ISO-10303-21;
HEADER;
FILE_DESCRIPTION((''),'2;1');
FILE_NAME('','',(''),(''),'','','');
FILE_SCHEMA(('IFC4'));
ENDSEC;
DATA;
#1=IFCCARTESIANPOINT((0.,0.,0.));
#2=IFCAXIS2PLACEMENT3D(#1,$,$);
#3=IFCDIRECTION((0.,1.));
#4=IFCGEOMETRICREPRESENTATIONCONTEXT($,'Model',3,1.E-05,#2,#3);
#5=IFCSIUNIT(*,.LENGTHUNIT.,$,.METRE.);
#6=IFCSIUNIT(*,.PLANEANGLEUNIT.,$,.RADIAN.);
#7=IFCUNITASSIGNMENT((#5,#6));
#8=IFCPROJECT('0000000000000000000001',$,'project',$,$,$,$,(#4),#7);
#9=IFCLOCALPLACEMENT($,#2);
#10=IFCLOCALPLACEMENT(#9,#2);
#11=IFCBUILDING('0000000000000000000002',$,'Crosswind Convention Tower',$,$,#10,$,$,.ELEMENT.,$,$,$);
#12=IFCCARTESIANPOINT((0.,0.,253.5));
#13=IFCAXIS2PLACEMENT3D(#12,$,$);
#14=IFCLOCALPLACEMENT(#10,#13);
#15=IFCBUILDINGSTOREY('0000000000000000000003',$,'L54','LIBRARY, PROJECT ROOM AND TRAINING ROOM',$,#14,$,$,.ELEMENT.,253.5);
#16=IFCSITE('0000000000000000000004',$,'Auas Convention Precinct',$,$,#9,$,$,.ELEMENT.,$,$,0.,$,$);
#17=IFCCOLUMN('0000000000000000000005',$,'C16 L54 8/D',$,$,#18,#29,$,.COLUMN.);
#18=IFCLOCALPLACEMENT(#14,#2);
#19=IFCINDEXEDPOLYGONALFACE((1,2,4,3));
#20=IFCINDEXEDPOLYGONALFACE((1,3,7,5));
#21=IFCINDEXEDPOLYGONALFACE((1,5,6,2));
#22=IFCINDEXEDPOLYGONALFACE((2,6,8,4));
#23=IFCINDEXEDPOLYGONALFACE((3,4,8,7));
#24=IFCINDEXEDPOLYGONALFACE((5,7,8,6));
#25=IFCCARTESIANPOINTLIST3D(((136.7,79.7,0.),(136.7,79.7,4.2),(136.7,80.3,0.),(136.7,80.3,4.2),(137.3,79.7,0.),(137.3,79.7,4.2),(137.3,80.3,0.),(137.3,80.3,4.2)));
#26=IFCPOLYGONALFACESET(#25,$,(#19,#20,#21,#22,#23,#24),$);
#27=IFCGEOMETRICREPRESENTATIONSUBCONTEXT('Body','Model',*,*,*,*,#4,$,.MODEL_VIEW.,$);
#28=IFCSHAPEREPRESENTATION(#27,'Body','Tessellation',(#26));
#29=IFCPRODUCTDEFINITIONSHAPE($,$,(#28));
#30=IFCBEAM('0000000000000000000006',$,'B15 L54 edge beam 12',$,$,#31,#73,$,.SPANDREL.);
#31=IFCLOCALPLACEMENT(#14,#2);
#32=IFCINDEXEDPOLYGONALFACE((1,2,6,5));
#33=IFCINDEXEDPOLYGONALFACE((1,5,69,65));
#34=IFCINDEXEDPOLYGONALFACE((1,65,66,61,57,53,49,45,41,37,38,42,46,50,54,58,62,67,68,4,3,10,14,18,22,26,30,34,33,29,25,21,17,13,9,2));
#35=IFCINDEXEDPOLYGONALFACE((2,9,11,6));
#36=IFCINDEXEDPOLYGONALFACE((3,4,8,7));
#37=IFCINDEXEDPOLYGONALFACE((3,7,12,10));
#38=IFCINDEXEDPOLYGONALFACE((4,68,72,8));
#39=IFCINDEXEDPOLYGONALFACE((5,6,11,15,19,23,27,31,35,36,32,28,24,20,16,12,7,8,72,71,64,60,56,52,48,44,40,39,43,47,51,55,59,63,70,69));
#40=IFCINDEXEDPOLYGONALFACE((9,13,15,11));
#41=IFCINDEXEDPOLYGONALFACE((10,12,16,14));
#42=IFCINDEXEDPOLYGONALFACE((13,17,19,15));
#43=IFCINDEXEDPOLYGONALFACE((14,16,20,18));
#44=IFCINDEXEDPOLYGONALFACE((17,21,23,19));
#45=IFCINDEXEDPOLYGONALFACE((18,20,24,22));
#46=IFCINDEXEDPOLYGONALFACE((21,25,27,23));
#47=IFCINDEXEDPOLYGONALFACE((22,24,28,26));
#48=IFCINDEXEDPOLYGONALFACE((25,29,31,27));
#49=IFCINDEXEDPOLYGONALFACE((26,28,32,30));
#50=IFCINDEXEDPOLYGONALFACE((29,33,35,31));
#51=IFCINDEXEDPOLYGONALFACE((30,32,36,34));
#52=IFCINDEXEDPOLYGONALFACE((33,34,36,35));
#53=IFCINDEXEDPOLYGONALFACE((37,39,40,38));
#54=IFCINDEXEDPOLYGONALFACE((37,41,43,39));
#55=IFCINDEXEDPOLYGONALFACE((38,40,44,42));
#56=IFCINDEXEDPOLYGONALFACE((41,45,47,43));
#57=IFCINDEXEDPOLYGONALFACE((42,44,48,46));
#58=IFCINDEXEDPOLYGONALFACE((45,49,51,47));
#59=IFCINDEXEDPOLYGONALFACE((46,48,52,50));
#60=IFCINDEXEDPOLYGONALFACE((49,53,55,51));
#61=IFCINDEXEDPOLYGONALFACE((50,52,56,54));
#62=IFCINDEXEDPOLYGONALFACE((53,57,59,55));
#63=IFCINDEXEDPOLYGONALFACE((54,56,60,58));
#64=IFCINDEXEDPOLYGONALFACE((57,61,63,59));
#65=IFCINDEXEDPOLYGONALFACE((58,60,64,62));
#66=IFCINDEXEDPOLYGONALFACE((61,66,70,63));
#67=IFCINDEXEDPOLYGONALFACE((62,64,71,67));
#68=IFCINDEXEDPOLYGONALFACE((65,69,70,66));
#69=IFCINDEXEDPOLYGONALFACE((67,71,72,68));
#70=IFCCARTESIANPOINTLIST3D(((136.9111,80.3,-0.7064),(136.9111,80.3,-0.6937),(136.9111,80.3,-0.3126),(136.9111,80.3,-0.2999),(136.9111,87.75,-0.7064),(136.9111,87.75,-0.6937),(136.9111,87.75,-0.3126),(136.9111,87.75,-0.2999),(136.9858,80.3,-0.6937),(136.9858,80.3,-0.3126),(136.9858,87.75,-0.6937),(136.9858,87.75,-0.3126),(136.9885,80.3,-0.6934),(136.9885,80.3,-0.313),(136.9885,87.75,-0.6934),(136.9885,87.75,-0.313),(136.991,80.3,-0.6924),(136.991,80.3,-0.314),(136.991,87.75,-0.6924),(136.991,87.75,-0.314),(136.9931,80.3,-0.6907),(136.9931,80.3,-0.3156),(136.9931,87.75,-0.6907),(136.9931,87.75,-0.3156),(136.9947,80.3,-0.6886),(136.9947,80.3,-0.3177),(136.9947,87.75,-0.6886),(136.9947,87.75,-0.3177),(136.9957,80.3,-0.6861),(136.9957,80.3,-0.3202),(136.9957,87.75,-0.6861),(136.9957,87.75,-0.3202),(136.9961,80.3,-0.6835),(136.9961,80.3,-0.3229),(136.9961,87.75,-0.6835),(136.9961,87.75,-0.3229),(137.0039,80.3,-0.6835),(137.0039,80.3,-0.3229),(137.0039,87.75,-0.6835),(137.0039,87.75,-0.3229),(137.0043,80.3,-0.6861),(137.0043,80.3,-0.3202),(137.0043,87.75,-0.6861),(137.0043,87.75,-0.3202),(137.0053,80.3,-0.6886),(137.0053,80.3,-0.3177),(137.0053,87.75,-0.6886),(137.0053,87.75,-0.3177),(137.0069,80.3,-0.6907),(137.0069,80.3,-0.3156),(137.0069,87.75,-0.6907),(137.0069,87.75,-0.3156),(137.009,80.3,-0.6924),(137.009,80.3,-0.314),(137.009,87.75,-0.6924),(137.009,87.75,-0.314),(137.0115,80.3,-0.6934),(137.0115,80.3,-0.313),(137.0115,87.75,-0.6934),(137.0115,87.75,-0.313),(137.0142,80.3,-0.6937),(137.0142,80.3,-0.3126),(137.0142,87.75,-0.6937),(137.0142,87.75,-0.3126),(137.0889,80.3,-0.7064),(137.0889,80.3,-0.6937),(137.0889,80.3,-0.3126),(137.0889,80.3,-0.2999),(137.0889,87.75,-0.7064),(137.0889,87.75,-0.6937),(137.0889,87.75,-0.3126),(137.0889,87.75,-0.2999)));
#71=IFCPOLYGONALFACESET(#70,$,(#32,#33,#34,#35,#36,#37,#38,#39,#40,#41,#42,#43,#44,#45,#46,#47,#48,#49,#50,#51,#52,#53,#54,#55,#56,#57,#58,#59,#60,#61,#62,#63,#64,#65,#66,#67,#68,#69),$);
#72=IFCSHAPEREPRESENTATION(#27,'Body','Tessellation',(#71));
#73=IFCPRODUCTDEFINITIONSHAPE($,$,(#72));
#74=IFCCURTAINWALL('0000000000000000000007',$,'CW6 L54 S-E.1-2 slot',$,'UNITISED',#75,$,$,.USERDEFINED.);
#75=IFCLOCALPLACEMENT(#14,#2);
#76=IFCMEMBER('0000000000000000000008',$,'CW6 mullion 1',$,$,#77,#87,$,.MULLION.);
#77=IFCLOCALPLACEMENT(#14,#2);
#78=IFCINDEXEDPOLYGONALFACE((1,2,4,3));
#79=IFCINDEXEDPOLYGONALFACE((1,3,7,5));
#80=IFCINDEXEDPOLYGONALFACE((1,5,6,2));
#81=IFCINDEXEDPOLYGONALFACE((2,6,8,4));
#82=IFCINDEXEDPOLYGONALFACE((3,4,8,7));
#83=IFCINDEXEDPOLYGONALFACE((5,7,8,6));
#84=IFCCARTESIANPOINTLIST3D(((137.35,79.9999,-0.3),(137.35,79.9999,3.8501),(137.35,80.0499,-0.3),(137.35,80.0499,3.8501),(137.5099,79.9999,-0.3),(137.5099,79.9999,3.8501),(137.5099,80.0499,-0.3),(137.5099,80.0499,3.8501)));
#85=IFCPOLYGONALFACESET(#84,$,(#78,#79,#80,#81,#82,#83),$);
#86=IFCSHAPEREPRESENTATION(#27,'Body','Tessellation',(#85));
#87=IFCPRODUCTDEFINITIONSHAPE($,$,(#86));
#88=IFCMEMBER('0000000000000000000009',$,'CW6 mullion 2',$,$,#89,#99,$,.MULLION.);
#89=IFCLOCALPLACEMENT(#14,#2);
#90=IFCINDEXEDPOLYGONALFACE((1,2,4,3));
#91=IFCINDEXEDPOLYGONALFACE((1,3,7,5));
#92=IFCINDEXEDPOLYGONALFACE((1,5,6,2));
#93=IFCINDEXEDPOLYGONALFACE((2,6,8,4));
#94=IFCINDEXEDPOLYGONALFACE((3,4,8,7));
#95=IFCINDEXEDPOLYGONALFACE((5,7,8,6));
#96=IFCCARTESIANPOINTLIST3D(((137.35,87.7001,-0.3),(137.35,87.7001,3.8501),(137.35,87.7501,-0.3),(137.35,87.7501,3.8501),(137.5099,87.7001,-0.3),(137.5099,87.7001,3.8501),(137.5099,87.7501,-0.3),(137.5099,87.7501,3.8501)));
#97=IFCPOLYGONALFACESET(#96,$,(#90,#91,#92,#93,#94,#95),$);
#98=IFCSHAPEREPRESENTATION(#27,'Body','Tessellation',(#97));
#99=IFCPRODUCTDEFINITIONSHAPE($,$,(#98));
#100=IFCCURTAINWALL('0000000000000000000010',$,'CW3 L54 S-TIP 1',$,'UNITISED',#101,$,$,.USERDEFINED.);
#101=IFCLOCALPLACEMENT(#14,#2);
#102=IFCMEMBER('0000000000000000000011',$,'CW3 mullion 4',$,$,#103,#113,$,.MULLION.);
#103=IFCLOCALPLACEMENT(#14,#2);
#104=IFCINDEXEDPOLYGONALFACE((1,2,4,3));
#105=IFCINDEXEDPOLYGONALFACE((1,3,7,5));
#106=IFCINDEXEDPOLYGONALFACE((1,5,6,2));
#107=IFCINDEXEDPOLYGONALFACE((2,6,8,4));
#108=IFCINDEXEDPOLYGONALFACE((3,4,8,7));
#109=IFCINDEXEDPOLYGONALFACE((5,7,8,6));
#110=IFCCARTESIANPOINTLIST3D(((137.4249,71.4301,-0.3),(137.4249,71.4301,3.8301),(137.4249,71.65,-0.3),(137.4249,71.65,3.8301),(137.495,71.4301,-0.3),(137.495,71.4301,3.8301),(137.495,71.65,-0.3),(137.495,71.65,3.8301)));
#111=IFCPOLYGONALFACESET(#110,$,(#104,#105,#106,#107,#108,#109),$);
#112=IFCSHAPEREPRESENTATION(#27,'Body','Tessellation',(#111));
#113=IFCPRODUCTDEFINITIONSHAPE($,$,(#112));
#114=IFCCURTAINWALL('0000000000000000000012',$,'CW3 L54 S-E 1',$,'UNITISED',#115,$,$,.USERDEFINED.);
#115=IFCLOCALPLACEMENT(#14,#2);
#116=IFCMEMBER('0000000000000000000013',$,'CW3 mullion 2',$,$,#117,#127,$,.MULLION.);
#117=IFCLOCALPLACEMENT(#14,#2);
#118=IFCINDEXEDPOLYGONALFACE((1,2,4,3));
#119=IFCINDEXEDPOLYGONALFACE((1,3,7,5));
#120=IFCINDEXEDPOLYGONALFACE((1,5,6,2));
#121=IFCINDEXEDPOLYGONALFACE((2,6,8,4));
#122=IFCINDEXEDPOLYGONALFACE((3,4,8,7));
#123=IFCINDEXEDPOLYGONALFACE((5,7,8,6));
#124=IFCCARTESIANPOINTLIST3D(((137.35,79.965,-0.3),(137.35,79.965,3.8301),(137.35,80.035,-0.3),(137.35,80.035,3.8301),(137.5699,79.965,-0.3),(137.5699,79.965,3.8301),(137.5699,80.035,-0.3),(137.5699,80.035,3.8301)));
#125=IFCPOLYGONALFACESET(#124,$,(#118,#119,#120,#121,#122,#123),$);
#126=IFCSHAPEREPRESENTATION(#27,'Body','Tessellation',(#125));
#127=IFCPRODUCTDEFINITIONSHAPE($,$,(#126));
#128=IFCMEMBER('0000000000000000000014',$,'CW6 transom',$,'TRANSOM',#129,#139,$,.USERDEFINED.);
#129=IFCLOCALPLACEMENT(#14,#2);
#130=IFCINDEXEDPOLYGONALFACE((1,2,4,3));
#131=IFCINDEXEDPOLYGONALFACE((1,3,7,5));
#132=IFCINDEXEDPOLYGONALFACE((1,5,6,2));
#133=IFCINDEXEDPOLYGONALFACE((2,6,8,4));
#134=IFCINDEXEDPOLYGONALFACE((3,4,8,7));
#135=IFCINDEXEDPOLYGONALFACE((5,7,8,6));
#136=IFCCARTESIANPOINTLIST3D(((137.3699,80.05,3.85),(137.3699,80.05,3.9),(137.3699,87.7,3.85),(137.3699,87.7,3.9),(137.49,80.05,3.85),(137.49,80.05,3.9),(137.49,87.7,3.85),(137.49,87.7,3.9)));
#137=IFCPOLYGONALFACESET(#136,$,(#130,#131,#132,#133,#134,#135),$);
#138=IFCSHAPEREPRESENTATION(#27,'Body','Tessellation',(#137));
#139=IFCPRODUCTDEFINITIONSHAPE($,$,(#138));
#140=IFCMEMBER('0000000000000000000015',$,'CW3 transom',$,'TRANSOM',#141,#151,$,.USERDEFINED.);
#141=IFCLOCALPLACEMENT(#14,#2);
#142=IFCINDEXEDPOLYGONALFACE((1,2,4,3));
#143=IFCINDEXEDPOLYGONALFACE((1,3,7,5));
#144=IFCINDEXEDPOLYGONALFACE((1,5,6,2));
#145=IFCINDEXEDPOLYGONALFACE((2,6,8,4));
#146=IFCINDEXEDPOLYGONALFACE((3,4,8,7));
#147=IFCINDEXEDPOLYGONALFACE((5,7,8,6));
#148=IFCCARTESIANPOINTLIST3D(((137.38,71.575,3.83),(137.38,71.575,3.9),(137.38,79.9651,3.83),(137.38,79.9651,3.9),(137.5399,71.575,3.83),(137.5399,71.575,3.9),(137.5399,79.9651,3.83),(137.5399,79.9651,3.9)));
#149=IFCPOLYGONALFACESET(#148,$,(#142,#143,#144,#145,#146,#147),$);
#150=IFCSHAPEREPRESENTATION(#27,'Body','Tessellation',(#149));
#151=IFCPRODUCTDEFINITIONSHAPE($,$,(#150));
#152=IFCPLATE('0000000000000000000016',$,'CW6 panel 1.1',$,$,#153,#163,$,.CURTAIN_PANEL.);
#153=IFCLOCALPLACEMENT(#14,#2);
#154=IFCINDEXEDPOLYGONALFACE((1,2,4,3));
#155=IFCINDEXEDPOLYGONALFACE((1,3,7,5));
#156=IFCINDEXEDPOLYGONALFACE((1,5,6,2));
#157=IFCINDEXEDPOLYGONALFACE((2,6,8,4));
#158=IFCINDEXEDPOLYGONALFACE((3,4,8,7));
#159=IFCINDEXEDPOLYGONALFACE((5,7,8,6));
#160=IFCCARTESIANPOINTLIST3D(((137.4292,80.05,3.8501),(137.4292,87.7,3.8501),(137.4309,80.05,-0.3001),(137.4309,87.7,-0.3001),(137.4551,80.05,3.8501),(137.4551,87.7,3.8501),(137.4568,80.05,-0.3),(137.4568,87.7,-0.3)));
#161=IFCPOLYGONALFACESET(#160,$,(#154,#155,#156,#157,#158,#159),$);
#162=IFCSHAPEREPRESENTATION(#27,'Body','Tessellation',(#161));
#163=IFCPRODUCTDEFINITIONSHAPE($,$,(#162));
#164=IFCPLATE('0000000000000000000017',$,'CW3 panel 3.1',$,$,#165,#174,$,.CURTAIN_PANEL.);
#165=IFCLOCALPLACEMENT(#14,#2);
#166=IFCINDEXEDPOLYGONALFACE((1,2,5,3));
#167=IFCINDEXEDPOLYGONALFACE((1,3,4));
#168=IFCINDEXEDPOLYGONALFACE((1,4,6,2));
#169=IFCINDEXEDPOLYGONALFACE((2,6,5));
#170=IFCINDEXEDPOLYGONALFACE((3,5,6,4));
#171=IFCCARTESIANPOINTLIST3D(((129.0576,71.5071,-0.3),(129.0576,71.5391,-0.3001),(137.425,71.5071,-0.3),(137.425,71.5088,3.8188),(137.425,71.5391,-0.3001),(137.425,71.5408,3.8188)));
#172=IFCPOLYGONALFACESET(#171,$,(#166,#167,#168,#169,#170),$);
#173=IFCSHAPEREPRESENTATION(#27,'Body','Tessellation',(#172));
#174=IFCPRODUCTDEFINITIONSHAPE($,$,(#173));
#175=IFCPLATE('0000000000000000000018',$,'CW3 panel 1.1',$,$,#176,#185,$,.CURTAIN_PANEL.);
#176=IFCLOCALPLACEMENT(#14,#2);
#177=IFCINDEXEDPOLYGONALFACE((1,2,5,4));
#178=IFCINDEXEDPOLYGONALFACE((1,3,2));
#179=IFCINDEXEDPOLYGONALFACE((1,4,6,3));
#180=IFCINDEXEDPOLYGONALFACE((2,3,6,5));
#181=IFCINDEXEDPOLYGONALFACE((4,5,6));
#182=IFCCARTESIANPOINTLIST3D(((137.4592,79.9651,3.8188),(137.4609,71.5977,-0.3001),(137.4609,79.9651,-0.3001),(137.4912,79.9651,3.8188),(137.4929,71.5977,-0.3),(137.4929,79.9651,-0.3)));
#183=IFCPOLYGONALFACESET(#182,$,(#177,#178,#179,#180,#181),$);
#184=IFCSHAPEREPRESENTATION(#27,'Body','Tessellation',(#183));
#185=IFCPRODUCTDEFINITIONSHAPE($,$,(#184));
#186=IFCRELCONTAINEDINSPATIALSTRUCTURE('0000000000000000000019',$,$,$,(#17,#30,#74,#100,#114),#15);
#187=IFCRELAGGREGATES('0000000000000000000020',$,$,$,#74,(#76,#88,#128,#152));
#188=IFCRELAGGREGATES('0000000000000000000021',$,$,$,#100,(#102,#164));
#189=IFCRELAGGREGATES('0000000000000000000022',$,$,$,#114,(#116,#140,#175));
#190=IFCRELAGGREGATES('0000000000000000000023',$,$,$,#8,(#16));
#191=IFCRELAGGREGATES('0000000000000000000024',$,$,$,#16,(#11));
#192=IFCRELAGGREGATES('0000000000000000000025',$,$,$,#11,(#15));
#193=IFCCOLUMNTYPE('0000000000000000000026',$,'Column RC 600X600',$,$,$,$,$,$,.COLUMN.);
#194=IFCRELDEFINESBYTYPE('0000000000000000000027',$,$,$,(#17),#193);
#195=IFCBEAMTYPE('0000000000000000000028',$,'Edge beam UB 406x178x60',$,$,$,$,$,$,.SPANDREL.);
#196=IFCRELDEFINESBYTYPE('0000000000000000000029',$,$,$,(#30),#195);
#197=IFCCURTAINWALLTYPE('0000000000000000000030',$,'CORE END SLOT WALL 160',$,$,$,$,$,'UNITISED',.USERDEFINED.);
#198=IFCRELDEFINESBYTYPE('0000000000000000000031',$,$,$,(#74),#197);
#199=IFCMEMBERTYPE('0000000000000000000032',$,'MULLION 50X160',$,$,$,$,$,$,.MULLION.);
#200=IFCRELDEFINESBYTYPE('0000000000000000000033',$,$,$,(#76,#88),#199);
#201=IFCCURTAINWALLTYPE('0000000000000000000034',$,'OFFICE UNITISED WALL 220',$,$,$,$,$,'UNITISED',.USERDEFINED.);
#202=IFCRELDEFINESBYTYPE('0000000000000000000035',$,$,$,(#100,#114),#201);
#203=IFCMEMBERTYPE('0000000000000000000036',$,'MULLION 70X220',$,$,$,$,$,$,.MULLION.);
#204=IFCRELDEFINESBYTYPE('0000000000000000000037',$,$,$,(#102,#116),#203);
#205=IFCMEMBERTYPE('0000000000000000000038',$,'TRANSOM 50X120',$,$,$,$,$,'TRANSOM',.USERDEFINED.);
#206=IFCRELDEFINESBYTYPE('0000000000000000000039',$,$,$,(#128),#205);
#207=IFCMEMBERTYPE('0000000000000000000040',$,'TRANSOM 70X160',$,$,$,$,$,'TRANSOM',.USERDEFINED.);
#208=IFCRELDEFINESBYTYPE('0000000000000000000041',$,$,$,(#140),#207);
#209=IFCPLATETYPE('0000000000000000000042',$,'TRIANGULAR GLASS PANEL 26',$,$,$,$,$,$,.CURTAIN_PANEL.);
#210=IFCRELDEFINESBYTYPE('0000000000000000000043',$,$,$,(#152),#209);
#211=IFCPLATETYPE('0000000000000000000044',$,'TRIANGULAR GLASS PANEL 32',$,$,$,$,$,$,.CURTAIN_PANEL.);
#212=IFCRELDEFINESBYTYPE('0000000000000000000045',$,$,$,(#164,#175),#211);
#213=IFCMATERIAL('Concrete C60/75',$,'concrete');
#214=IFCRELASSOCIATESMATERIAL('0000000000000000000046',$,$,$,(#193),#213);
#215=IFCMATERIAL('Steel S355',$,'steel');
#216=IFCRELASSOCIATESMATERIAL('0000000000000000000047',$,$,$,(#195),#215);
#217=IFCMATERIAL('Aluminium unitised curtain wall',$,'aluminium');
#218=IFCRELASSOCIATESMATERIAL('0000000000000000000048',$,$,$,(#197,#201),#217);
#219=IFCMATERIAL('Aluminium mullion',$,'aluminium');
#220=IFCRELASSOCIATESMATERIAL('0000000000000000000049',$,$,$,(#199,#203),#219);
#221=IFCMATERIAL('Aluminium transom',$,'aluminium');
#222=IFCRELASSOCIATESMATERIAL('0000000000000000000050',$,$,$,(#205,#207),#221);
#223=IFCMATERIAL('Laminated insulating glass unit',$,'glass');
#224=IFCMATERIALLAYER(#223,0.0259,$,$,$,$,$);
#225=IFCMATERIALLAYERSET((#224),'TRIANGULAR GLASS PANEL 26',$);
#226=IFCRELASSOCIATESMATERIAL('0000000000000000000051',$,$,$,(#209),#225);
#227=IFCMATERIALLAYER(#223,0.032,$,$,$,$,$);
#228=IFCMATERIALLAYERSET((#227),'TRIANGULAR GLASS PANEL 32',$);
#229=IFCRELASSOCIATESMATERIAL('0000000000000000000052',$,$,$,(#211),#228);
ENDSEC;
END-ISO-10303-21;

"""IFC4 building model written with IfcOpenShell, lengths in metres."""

from ifc_helpers import new_model, si_unit, direction, frame, origin, origin_2d, place, context, subcontext, project, spatial, polyline, rectangle, i_section, outline, extrude, material, layer, layer_set, material_profile, profile_set, type_object, element, aggregate, save


model = new_model("IFC4")

# Units and contexts
model_context = context("Model", 3, precision=1e-05, world=origin(), true_north=direction((0.0, 1.0)))
body_context = subcontext(model_context, "Body", "Model", "MODEL_VIEW")
ifc_project = project(units=[si_unit("LENGTHUNIT", "METRE"), si_unit("PLANEANGLEUNIT", "RADIAN")], contexts=[model_context])

# Site, building, storey
site_placement = place(None, origin())
site = spatial("IfcSite", under=ifc_project, at=site_placement, Name="Auas Convention Precinct", CompositionType="ELEMENT", RefElevation=0.0)
building_placement = place(site_placement, origin())
building = spatial("IfcBuilding", under=site, at=building_placement, Name="Crosswind Convention Tower", CompositionType="ELEMENT")
storey_placement = place(building_placement, frame((0.0, 0.0, 253.5)))
storey = spatial("IfcBuildingStorey", under=building, at=storey_placement, Name="L54", Description="LIBRARY, PROJECT ROOM AND TRAINING ROOM", CompositionType="ELEMENT", Elevation=253.5)

# Column
ifc_material_1 = material(Name="Concrete C60/75", Category="concrete")
ifc_material_profile_1 = material_profile(ifc_material_1, rectangle(XDim=0.6001, YDim=0.6001, at=origin_2d()), Name="RC 600X600")
ifc_profile_set_1 = profile_set([ifc_material_profile_1], Name="Concrete C60/75")
column_type = type_object("IfcColumnType", Name="Column RC 600X600", PredefinedType="COLUMN", material=ifc_profile_set_1)
column_placement = place(storey_placement, frame((137.0, 80.0, 0.0), z_axis=(0.0, 0.0, 1.0), x_axis=(1.0, 0.0, 0.0)))
element("IfcColumn", 1, at=column_placement, inside=storey, type_object=column_type, Name="C16 L54 8/D", PredefinedType="COLUMN", context=body_context, shape_type="SweptSolid", body=[
    extrude(rectangle(XDim=0.6001, YDim=0.6001, at=origin_2d()), origin(), (0.0, 0.0, 1.0), 4.2),
])

# Beam
ifc_material_2 = material(Name="Steel S355", Category="steel")
ifc_material_profile_2 = material_profile(ifc_material_2, i_section(OverallWidth=0.1777, OverallDepth=0.4065, WebThickness=0.0078, FlangeThickness=0.0127, FilletRadius=0.0103, at=origin_2d()), Name="UB 406x178x60")
ifc_profile_set_2 = profile_set([ifc_material_profile_2], Name="Steel S355")
beam_type = type_object("IfcBeamType", Name="Edge beam UB 406x178x60", PredefinedType="SPANDREL", material=ifc_profile_set_2)
beam_placement = place(storey_placement, frame((137.0, 80.3, -0.5032), z_axis=(0.0, 1.0, 0.0), x_axis=(-1.0, 0.0, 0.0)))
element("IfcBeam", 2, at=beam_placement, inside=storey, type_object=beam_type, Name="B15 L54 edge beam 12", PredefinedType="SPANDREL", context=body_context, shape_type="SweptSolid", body=[
    extrude(i_section(OverallWidth=0.1777, OverallDepth=0.4065, WebThickness=0.0078, FlangeThickness=0.0127, FilletRadius=0.0103, at=origin_2d()), origin(), (0.0, 0.0, 1.0), 7.45),
])

# Curtain wall, members
ifc_material_3 = material(Name="Aluminium unitised curtain wall", Category="aluminium")
curtain_wall_type_1 = type_object("IfcCurtainWallType", Name="CORE END SLOT WALL 160", ElementType="UNITISED", PredefinedType="USERDEFINED", material=ifc_material_3)
curtain_wall_1_placement = place(storey_placement, origin())
curtain_wall_1 = element("IfcCurtainWall", 3, at=curtain_wall_1_placement, inside=storey, type_object=curtain_wall_type_1, Name="CW6 L54 S-E.1-2 slot", ObjectType="UNITISED", PredefinedType="USERDEFINED")
ifc_material_4 = material(Name="Aluminium mullion", Category="aluminium")
ifc_material_profile_3 = material_profile(ifc_material_4, rectangle(XDim=0.1599, YDim=0.05, at=origin_2d()), Name="AL 160X50")
ifc_profile_set_3 = profile_set([ifc_material_profile_3], Name="Aluminium mullion")
member_type_1 = type_object("IfcMemberType", Name="MULLION 50X160", PredefinedType="MULLION", material=ifc_profile_set_3)
member_1_placement = place(storey_placement, frame((137.4299, 80.0249, -0.3), z_axis=(0.0, 0.0, 1.0), x_axis=(1.0, 0.0, 0.0)))
member_1 = element("IfcMember", 4, at=member_1_placement, type_object=member_type_1, Name="CW6 mullion 1", PredefinedType="MULLION", context=body_context, shape_type="SweptSolid", body=[
    extrude(rectangle(XDim=0.1599, YDim=0.05, at=origin_2d()), origin(), (0.0, 0.0, 1.0), 4.1501),
])
member_2_placement = place(storey_placement, frame((137.4299, 87.7251, -0.3), z_axis=(0.0, 0.0, 1.0), x_axis=(1.0, 0.0, 0.0)))
member_2 = element("IfcMember", 5, at=member_2_placement, type_object=member_type_1, Name="CW6 mullion 2", PredefinedType="MULLION", context=body_context, shape_type="SweptSolid", body=[
    extrude(rectangle(XDim=0.1599, YDim=0.05, at=origin_2d()), origin(), (0.0, 0.0, 1.0), 4.1501),
])

# Curtain walls, members
curtain_wall_type_2 = type_object("IfcCurtainWallType", Name="OFFICE UNITISED WALL 220", ElementType="UNITISED", PredefinedType="USERDEFINED", material=ifc_material_3)
curtain_wall_2_placement = place(storey_placement, origin())
curtain_wall_2 = element("IfcCurtainWall", 6, at=curtain_wall_2_placement, inside=storey, type_object=curtain_wall_type_2, Name="CW3 L54 S-TIP 1", ObjectType="UNITISED", PredefinedType="USERDEFINED")
ifc_material_profile_4 = material_profile(ifc_material_4, rectangle(XDim=0.22, YDim=0.0701, at=origin_2d()), Name="AL 220X70")
ifc_profile_set_4 = profile_set([ifc_material_profile_4], Name="Aluminium mullion")
member_type_2 = type_object("IfcMemberType", Name="MULLION 70X220", PredefinedType="MULLION", material=ifc_profile_set_4)
member_3_placement = place(storey_placement, frame((137.46, 71.54, -0.3), z_axis=(0.0, 0.0, 1.0), x_axis=(0.0, -1.0, 0.0)))
member_3 = element("IfcMember", 7, at=member_3_placement, type_object=member_type_2, Name="CW3 mullion 4", PredefinedType="MULLION", context=body_context, shape_type="SweptSolid", body=[
    extrude(rectangle(XDim=0.22, YDim=0.0701, at=origin_2d()), origin(), (0.0, 0.0, 1.0), 4.1301),
])
curtain_wall_3_placement = place(storey_placement, origin())
curtain_wall_3 = element("IfcCurtainWall", 8, at=curtain_wall_3_placement, inside=storey, type_object=curtain_wall_type_2, Name="CW3 L54 S-E 1", ObjectType="UNITISED", PredefinedType="USERDEFINED")
member_4_placement = place(storey_placement, frame((137.46, 80.0, -0.3), z_axis=(0.0, 0.0, 1.0), x_axis=(1.0, 0.0, 0.0)))
member_4 = element("IfcMember", 9, at=member_4_placement, type_object=member_type_2, Name="CW3 mullion 2", PredefinedType="MULLION", context=body_context, shape_type="SweptSolid", body=[
    extrude(rectangle(XDim=0.22, YDim=0.0701, at=origin_2d()), origin(), (0.0, 0.0, 1.0), 4.1301),
])

# Members
ifc_material_5 = material(Name="Aluminium transom", Category="aluminium")
ifc_material_profile_5 = material_profile(ifc_material_5, rectangle(XDim=0.1201, YDim=0.05, at=origin_2d()), Name="AL 120X50")
ifc_profile_set_5 = profile_set([ifc_material_profile_5], Name="Aluminium transom")
member_type_3 = type_object("IfcMemberType", Name="TRANSOM 50X120", ElementType="TRANSOM", PredefinedType="USERDEFINED", material=ifc_profile_set_5)
member_5_placement = place(storey_placement, frame((137.4299, 80.05, 3.875), z_axis=(0.0, 1.0, 0.0), x_axis=(-1.0, 0.0, 0.0)))
member_5 = element("IfcMember", 10, at=member_5_placement, type_object=member_type_3, Name="CW6 transom", ObjectType="TRANSOM", PredefinedType="USERDEFINED", context=body_context, shape_type="SweptSolid", body=[
    extrude(rectangle(XDim=0.1201, YDim=0.05, at=origin_2d()), origin(), (0.0, 0.0, 1.0), 7.6499),
])
ifc_material_profile_6 = material_profile(ifc_material_5, rectangle(XDim=0.1599, YDim=0.0701, at=origin_2d()), Name="AL 160X70")
ifc_profile_set_6 = profile_set([ifc_material_profile_6], Name="Aluminium transom")
member_type_4 = type_object("IfcMemberType", Name="TRANSOM 70X160", ElementType="TRANSOM", PredefinedType="USERDEFINED", material=ifc_profile_set_6)
member_6_placement = place(storey_placement, frame((137.46, 71.575, 3.865), z_axis=(0.0, 1.0, 0.0), x_axis=(-1.0, 0.0, 0.0)))
member_6 = element("IfcMember", 11, at=member_6_placement, type_object=member_type_4, Name="CW3 transom", ObjectType="TRANSOM", PredefinedType="USERDEFINED", context=body_context, shape_type="SweptSolid", body=[
    extrude(rectangle(XDim=0.1599, YDim=0.0701, at=origin_2d()), origin(), (0.0, 0.0, 1.0), 8.3901),
])

# Plates
ifc_material_6 = material(Name="Laminated insulating glass unit", Category="glass")
ifc_layer_1 = layer(ifc_material_6, 0.0259)
ifc_layer_set_1 = layer_set([ifc_layer_1], Name="TRIANGULAR GLASS PANEL 26")
plate_type_1 = type_object("IfcPlateType", Name="TRIANGULAR GLASS PANEL 26", PredefinedType="CURTAIN_PANEL", material=ifc_layer_set_1)
plate_1_placement = place(storey_placement, frame((137.4568, 80.05, -0.3), z_axis=(1.0, 0.0, 0.000412), x_axis=(0.0, 1.0, 0.0)))
plate_1 = element("IfcPlate", 12, at=plate_1_placement, type_object=plate_type_1, Name="CW6 panel 1.1", PredefinedType="CURTAIN_PANEL", context=body_context, shape_type="SweptSolid", body=[
    extrude(outline(polyline([(0.0, 0.0), (7.6499, 0.0), (7.6499, 4.1501), (0.0, 4.1501), (0.0, 0.0)])), origin(), (0.0, 0.0, -1.0), 0.0259),
])
aggregate(curtain_wall_1, [member_1, member_2, member_5, plate_1])
ifc_layer_2 = layer(ifc_material_6, 0.032)
ifc_layer_set_2 = layer_set([ifc_layer_2], Name="TRIANGULAR GLASS PANEL 32")
plate_type_2 = type_object("IfcPlateType", Name="TRIANGULAR GLASS PANEL 32", PredefinedType="CURTAIN_PANEL", material=ifc_layer_set_2)
plate_2_placement = place(storey_placement, frame((137.425, 71.5071, -0.3), z_axis=(0.0, -1.0, 0.000415), x_axis=(0.0, 0.000415, 1.0)))
plate_2 = element("IfcPlate", 13, at=plate_2_placement, type_object=plate_type_2, Name="CW3 panel 3.1", PredefinedType="CURTAIN_PANEL", context=body_context, shape_type="SweptSolid", body=[
    extrude(outline(polyline([(0.0, 0.0), (4.1189, 0.0), (0.0, 8.3674), (0.0, 0.0)])), origin(), (0.0, 0.0, -1.0), 0.032),
])
aggregate(curtain_wall_2, [member_3, plate_2])
plate_3_placement = place(storey_placement, frame((137.4929, 79.9651, -0.3), z_axis=(1.0, 0.0, 0.000415), x_axis=(-0.000415, 0.0, 1.0)))
plate_3 = element("IfcPlate", 14, at=plate_3_placement, type_object=plate_type_2, Name="CW3 panel 1.1", PredefinedType="CURTAIN_PANEL", context=body_context, shape_type="SweptSolid", body=[
    extrude(outline(polyline([(0.0, 0.0), (4.1189, 0.0), (0.0, 8.3674), (0.0, 0.0)])), origin(), (0.0, 0.0, -1.0), 0.032),
])

aggregate(curtain_wall_3, [member_4, member_6, plate_3])

save(model, "model.ifc")
